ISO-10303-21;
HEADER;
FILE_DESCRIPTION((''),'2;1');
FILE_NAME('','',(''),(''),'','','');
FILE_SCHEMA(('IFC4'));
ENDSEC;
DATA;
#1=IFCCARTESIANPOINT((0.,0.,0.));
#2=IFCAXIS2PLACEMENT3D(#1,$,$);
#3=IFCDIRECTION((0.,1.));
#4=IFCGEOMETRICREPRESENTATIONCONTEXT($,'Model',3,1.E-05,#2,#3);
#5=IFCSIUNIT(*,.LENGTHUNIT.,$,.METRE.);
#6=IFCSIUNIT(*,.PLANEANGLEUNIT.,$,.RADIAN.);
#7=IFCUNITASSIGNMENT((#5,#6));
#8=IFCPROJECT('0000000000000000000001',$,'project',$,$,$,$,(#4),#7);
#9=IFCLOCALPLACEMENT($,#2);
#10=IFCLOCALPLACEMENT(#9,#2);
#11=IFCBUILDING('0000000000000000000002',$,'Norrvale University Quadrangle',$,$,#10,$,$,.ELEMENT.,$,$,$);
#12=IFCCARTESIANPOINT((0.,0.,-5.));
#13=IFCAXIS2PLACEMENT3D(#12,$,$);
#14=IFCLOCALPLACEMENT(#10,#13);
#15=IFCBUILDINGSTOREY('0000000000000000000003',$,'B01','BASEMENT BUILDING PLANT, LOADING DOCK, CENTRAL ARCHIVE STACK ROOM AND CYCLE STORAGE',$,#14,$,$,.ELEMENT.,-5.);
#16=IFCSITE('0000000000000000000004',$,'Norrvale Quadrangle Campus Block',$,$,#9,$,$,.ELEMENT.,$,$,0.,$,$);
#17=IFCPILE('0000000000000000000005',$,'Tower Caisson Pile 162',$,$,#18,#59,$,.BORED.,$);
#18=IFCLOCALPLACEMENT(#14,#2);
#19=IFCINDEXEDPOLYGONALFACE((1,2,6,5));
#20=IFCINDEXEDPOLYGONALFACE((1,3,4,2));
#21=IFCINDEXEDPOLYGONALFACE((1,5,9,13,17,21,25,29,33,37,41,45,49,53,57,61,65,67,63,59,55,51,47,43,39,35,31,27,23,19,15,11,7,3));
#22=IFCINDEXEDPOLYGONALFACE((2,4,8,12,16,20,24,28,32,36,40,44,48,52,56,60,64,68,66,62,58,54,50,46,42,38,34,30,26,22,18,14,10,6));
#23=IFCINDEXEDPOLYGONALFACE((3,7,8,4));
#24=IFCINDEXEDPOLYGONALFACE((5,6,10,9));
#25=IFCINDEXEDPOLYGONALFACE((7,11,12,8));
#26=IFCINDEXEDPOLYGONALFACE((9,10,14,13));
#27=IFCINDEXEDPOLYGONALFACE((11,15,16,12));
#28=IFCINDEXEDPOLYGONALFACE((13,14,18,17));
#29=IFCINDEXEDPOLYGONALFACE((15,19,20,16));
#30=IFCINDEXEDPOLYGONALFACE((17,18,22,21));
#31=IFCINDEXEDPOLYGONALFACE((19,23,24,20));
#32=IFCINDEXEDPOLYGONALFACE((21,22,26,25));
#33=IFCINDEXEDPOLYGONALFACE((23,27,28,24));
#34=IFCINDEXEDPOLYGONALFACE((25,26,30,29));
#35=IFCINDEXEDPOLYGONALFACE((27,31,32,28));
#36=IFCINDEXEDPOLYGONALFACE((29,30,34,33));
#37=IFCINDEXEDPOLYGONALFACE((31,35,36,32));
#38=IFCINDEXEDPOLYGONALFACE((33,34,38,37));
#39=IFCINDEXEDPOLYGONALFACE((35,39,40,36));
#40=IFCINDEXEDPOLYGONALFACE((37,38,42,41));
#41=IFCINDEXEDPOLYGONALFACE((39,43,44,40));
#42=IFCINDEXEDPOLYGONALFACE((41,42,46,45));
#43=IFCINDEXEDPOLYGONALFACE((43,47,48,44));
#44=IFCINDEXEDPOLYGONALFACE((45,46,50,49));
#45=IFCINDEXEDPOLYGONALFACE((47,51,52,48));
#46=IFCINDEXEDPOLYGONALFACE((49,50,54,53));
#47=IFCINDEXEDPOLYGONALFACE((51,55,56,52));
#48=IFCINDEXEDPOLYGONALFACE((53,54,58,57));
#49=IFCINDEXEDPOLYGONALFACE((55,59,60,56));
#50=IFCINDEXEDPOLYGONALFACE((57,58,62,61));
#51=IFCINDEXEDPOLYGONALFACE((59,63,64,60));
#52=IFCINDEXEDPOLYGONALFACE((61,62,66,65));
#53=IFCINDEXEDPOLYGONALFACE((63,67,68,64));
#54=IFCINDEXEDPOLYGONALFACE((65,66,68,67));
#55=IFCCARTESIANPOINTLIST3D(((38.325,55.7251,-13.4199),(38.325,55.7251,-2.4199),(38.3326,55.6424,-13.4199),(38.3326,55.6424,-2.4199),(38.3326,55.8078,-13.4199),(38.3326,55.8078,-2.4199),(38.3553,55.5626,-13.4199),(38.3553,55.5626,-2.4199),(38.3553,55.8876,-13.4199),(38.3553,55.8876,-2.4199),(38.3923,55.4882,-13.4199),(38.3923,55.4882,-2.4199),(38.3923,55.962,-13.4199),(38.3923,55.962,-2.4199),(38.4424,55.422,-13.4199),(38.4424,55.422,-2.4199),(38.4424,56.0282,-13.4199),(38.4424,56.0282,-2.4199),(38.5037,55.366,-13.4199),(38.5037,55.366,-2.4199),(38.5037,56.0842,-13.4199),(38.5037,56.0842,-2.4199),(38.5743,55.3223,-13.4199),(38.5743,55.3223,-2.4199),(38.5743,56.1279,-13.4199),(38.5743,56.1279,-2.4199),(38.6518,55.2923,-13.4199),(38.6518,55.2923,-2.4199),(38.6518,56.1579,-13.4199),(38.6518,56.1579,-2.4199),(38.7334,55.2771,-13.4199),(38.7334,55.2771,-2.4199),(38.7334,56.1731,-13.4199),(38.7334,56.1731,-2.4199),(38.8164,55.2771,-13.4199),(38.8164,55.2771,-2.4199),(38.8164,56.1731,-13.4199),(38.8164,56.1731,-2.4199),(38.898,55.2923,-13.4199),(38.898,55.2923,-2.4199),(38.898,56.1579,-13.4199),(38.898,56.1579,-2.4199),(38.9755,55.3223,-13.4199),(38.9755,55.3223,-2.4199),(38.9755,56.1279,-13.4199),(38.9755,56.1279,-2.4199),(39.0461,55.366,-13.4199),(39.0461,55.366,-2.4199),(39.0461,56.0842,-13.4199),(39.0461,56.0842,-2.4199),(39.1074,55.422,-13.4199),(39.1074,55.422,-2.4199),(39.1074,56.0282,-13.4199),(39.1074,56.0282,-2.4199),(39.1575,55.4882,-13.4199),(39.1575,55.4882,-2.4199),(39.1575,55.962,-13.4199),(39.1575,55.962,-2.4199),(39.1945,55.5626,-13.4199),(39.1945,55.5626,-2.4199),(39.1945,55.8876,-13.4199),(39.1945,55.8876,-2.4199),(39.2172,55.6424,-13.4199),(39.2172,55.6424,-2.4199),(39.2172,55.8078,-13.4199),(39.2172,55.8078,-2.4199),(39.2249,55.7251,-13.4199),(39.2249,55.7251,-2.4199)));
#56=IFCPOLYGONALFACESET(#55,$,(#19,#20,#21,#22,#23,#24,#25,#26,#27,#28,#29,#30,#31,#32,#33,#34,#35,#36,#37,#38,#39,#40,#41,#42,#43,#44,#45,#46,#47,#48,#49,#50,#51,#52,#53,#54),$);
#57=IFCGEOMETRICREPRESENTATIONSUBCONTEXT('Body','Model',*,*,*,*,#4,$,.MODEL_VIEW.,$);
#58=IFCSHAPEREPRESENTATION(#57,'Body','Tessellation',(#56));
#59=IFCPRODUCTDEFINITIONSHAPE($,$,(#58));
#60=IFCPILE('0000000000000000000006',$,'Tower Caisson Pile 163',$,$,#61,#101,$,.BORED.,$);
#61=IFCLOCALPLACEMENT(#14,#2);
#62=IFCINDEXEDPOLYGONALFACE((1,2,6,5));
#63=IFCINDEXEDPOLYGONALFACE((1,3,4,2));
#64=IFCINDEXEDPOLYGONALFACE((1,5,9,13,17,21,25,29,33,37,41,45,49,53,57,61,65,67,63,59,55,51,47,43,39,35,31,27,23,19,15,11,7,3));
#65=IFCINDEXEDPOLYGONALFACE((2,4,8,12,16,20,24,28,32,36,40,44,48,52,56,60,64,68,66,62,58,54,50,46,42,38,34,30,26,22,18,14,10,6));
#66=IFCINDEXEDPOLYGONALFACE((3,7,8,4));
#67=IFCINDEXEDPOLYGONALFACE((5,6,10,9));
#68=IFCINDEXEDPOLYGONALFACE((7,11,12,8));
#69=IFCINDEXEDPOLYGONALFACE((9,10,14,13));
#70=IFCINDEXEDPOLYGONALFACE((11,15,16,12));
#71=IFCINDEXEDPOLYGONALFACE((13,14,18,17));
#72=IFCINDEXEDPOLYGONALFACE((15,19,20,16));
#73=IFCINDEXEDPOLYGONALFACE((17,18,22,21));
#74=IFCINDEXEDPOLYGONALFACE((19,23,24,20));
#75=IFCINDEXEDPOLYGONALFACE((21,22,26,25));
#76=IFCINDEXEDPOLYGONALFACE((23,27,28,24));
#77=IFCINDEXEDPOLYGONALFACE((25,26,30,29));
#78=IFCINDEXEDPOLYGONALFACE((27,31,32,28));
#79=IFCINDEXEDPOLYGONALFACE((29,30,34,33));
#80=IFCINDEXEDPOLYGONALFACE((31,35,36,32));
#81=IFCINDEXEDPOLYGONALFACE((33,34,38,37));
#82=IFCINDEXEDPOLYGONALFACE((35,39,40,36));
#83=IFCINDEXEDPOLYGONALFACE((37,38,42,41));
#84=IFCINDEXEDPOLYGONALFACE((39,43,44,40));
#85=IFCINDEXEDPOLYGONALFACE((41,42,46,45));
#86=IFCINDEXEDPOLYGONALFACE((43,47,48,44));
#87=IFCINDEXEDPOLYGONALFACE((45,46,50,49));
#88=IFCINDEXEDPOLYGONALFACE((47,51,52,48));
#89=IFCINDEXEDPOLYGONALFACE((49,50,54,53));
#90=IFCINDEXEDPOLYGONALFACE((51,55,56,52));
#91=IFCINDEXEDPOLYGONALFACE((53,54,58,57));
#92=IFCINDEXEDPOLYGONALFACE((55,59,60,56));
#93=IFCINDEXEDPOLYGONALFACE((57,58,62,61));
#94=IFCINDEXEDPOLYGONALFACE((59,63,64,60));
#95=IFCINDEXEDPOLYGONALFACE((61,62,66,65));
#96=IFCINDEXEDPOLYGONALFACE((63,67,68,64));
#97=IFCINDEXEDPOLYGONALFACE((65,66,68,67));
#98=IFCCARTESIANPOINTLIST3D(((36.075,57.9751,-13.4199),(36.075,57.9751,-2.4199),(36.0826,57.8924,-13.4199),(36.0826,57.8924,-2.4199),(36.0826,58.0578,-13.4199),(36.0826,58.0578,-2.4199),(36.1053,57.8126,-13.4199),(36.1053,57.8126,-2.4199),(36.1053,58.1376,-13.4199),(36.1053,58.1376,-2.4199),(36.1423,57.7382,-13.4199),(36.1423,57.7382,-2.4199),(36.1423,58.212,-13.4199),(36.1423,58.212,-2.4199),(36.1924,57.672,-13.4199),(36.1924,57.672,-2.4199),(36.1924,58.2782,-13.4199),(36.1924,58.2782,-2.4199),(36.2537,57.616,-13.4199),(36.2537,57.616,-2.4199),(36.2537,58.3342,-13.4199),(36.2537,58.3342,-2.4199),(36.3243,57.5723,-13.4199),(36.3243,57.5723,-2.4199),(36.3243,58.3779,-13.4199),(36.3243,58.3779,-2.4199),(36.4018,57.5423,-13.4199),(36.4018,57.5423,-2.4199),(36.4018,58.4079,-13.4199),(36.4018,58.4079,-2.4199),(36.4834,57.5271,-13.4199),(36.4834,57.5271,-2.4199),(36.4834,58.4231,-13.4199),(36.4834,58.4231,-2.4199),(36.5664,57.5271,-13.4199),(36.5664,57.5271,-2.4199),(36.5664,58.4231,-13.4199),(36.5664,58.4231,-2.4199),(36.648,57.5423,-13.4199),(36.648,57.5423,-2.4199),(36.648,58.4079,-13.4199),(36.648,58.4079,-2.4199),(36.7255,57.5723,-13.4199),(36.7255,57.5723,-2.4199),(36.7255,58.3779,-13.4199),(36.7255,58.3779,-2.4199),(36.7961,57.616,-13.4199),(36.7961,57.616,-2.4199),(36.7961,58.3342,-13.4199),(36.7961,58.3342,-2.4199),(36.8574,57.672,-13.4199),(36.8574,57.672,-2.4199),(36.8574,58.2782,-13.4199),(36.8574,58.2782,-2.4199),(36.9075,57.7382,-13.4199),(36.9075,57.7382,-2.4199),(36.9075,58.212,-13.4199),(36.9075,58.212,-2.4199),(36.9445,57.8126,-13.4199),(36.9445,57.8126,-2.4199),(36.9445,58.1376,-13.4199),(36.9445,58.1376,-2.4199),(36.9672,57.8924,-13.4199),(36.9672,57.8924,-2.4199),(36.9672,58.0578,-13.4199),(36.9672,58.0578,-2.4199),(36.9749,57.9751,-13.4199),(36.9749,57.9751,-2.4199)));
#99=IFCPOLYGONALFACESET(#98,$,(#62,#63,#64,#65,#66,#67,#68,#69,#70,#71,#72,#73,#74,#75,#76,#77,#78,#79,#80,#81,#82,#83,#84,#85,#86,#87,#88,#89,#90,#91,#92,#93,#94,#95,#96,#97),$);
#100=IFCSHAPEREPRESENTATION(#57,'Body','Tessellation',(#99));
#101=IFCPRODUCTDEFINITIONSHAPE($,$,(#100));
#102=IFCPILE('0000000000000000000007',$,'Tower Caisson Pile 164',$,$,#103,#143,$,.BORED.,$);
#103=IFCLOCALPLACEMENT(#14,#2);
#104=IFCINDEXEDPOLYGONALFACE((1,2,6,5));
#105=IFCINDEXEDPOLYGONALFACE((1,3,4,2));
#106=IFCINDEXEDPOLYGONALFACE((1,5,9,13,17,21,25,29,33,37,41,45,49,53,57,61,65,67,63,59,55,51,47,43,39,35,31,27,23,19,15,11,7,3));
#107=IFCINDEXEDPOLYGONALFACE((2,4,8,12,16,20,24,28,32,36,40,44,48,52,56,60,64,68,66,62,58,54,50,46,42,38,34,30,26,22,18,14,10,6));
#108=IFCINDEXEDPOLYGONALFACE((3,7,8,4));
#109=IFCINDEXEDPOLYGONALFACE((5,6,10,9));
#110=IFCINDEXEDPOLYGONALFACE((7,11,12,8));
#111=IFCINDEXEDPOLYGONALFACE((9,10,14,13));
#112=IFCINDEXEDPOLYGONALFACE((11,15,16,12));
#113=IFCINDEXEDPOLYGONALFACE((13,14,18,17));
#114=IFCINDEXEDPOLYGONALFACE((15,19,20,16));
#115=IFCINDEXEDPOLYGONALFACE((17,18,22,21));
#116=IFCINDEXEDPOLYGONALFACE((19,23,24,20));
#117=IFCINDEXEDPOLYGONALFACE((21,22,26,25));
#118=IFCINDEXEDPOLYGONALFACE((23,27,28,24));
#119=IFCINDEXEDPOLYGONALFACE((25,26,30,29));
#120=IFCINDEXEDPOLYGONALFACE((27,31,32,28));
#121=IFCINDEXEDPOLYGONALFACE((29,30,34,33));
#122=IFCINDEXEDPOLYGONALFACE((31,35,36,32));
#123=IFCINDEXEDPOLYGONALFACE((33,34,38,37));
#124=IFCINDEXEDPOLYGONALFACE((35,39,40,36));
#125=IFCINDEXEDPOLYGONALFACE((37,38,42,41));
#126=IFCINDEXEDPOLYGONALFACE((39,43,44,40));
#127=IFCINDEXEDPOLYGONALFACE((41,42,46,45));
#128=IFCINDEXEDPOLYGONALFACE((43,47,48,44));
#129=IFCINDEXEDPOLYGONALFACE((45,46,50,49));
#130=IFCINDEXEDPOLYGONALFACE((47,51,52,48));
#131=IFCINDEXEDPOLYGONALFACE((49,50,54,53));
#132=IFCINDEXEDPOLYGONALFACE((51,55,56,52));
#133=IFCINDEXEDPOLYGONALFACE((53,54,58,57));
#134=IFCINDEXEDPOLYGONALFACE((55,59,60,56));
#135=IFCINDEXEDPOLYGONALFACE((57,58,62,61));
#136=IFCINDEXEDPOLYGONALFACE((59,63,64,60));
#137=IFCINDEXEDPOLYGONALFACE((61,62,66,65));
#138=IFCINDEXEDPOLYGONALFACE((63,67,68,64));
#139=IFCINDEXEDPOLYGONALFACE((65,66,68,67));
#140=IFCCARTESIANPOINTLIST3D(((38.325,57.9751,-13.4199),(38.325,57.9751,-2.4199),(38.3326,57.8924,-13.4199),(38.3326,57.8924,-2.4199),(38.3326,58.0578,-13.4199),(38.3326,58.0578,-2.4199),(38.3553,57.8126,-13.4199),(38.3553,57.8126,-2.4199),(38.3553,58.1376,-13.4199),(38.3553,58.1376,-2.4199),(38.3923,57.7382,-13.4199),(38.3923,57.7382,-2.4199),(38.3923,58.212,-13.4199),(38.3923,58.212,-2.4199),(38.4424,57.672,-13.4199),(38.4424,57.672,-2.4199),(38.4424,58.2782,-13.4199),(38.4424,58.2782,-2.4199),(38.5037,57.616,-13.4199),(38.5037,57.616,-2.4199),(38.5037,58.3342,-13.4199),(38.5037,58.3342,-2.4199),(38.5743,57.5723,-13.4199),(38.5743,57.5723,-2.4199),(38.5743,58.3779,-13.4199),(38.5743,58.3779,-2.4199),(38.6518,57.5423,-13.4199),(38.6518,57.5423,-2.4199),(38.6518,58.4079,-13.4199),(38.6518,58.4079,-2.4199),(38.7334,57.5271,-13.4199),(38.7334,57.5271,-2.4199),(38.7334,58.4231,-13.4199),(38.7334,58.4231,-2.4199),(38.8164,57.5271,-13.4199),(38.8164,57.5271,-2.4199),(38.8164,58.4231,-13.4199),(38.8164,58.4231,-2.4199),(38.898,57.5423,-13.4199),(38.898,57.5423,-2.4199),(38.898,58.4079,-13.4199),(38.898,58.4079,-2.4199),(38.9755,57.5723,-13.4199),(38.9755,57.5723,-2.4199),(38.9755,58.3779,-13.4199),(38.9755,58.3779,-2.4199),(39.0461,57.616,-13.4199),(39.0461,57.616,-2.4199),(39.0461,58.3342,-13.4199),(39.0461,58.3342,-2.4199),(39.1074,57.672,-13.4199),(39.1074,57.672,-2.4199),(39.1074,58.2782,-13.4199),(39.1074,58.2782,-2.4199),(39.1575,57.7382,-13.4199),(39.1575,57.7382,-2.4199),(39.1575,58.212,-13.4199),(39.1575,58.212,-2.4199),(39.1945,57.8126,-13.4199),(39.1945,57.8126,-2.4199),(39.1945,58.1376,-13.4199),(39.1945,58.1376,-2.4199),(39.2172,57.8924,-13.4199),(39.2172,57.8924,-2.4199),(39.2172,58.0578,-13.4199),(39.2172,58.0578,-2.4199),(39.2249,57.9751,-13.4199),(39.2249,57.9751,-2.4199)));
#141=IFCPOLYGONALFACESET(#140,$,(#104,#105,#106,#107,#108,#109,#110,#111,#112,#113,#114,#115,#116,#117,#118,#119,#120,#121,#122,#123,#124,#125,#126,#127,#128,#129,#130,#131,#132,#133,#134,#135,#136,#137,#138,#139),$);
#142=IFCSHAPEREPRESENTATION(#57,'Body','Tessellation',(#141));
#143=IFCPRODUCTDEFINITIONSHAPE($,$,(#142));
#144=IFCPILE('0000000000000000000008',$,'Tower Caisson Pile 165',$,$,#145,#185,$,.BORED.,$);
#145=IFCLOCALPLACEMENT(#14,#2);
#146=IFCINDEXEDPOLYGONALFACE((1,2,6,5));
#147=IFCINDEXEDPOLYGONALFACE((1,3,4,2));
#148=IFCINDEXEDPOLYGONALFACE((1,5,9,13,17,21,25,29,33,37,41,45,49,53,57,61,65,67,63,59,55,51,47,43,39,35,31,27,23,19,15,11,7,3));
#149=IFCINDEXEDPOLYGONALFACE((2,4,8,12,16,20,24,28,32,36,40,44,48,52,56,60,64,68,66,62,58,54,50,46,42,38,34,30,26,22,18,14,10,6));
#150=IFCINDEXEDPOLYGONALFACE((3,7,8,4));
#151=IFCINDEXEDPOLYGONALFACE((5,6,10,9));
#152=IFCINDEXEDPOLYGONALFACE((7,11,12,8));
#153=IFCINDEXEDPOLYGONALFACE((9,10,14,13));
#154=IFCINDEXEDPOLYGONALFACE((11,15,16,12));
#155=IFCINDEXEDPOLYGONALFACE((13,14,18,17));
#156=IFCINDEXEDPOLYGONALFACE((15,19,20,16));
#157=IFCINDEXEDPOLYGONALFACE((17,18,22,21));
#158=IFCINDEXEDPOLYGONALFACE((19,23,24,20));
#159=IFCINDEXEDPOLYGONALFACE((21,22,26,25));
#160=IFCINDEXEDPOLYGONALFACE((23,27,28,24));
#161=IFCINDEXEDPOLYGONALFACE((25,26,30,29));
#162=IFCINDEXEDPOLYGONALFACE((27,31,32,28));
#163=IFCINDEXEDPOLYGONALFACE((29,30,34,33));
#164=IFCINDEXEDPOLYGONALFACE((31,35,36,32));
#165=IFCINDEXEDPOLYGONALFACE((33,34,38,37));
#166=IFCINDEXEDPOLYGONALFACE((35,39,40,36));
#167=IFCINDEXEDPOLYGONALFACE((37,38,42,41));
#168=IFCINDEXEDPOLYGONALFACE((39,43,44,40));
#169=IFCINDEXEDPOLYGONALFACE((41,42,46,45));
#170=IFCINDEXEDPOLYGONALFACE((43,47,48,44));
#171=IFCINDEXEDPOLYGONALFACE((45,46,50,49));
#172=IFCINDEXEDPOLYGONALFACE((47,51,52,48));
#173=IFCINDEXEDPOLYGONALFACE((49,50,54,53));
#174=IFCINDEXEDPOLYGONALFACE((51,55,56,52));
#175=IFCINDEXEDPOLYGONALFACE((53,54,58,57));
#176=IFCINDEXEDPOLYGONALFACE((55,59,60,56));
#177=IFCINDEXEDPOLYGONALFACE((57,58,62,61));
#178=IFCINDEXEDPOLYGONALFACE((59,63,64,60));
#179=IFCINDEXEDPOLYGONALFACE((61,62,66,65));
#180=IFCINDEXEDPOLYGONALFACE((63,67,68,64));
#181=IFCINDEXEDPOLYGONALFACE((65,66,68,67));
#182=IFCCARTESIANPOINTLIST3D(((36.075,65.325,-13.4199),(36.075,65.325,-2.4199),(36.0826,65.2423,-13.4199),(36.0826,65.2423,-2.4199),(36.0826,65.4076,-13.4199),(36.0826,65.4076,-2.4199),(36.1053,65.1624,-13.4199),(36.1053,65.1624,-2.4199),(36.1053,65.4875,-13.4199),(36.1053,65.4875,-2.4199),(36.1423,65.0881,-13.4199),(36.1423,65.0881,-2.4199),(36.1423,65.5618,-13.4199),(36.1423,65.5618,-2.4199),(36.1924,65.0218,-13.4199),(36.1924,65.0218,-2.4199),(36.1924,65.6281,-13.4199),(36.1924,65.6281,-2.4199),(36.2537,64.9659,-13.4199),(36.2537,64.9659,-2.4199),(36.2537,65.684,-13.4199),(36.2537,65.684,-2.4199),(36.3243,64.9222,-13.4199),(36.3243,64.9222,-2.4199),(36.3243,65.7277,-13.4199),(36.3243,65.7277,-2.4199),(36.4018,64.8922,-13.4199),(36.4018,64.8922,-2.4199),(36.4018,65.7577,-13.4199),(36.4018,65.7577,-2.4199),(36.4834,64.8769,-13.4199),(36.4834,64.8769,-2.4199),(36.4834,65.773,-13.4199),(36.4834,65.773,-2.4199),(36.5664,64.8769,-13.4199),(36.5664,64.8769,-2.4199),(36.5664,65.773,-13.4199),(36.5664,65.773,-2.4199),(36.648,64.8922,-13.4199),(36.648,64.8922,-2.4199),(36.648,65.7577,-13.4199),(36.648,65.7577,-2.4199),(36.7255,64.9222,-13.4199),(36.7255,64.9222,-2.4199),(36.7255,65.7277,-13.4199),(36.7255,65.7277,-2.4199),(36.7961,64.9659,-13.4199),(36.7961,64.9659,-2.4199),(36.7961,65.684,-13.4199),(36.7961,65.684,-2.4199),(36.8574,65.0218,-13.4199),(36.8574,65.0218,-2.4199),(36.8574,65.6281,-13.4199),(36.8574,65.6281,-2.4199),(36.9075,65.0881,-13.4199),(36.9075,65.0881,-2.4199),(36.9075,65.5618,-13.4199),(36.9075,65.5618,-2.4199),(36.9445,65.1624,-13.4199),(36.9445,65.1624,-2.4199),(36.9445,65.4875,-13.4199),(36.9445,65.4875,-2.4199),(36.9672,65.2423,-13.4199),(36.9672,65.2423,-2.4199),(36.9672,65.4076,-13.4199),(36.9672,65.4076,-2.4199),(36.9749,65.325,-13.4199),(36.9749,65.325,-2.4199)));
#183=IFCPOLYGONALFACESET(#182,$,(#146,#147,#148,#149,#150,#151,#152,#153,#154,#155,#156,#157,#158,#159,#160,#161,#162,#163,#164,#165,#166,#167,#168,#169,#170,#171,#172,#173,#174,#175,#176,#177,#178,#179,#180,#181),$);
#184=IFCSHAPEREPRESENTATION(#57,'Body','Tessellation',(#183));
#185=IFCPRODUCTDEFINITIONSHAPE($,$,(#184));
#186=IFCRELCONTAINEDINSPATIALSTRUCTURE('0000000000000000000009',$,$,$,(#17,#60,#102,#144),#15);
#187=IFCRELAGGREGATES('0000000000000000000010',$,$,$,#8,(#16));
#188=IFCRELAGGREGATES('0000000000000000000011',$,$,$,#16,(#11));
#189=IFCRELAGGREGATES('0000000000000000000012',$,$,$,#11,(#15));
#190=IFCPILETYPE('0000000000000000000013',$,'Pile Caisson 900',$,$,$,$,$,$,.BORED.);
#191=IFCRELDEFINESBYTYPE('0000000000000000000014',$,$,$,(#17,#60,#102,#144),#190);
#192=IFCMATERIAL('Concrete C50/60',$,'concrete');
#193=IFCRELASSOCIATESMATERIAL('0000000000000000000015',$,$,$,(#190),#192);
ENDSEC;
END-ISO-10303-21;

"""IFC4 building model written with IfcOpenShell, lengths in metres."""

from ifc_helpers import new_model, si_unit, direction, frame, origin, origin_2d, place, context, subcontext, project, spatial, circle, extrude, material, material_profile, profile_set, type_object, element, save


model = new_model("IFC4")

# Units and contexts
model_context = context("Model", 3, precision=1e-05, world=origin(), true_north=direction((0.0, 1.0)))
body_context = subcontext(model_context, "Body", "Model", "MODEL_VIEW")
ifc_project = project(units=[si_unit("LENGTHUNIT", "METRE"), si_unit("PLANEANGLEUNIT", "RADIAN")], contexts=[model_context])

# Site, building, storey
site_placement = place(None, origin())
site = spatial("IfcSite", under=ifc_project, at=site_placement, Name="Norrvale Quadrangle Campus Block", CompositionType="ELEMENT", RefElevation=0.0)
building_placement = place(site_placement, origin())
building = spatial("IfcBuilding", under=site, at=building_placement, Name="Norrvale University Quadrangle", CompositionType="ELEMENT")
storey_placement = place(building_placement, frame((0.0, 0.0, -5.0)))
storey = spatial("IfcBuildingStorey", under=building, at=storey_placement, Name="B01", Description="BASEMENT BUILDING PLANT, LOADING DOCK, CENTRAL ARCHIVE STACK ROOM AND CYCLE STORAGE", CompositionType="ELEMENT", Elevation=-5.0)

# Shared definitions
ifc_material_1 = material(Name="Concrete C50/60", Category="concrete")

# Piles
ifc_material_profile_1 = material_profile(ifc_material_1, circle(Radius=0.45, at=origin_2d()), Name="Concrete C50/60")
ifc_profile_set_1 = profile_set([ifc_material_profile_1], Name="Concrete C50/60")
pile_type_1 = type_object("IfcPileType", Name="Pile Caisson 900", PredefinedType="BORED", material=ifc_profile_set_1)
for number, where, z_axis, x_axis, name in (
    (1, (38.7749, 55.7251, -2.4199), (0.0, 0.0, -1.0), (1.0, 0.0, 0.0), "Tower Caisson Pile 162"),
    (2, (36.5249, 57.9751, -2.4199), (0.0, 0.0, -1.0), (1.0, 0.0, 0.0), "Tower Caisson Pile 163"),
    (3, (38.7749, 57.9751, -2.4199), (0.0, 0.0, -1.0), (1.0, 0.0, 0.0), "Tower Caisson Pile 164"),
    (4, (36.5249, 65.325, -2.4199), (0.0, 0.0, -1.0), (1.0, 0.0, 0.0), "Tower Caisson Pile 165"),
):
    element("IfcPile", number, at=place(storey_placement, frame(where, z_axis=z_axis, x_axis=x_axis)), inside=storey, type_object=pile_type_1, Name=name, PredefinedType="BORED", context=body_context, shape_type="SweptSolid", body=[
        extrude(circle(Radius=0.45, at=origin_2d()), origin(), (0.0, 0.0, 1.0), 11.0),
    ])

save(model, "model.ifc")
